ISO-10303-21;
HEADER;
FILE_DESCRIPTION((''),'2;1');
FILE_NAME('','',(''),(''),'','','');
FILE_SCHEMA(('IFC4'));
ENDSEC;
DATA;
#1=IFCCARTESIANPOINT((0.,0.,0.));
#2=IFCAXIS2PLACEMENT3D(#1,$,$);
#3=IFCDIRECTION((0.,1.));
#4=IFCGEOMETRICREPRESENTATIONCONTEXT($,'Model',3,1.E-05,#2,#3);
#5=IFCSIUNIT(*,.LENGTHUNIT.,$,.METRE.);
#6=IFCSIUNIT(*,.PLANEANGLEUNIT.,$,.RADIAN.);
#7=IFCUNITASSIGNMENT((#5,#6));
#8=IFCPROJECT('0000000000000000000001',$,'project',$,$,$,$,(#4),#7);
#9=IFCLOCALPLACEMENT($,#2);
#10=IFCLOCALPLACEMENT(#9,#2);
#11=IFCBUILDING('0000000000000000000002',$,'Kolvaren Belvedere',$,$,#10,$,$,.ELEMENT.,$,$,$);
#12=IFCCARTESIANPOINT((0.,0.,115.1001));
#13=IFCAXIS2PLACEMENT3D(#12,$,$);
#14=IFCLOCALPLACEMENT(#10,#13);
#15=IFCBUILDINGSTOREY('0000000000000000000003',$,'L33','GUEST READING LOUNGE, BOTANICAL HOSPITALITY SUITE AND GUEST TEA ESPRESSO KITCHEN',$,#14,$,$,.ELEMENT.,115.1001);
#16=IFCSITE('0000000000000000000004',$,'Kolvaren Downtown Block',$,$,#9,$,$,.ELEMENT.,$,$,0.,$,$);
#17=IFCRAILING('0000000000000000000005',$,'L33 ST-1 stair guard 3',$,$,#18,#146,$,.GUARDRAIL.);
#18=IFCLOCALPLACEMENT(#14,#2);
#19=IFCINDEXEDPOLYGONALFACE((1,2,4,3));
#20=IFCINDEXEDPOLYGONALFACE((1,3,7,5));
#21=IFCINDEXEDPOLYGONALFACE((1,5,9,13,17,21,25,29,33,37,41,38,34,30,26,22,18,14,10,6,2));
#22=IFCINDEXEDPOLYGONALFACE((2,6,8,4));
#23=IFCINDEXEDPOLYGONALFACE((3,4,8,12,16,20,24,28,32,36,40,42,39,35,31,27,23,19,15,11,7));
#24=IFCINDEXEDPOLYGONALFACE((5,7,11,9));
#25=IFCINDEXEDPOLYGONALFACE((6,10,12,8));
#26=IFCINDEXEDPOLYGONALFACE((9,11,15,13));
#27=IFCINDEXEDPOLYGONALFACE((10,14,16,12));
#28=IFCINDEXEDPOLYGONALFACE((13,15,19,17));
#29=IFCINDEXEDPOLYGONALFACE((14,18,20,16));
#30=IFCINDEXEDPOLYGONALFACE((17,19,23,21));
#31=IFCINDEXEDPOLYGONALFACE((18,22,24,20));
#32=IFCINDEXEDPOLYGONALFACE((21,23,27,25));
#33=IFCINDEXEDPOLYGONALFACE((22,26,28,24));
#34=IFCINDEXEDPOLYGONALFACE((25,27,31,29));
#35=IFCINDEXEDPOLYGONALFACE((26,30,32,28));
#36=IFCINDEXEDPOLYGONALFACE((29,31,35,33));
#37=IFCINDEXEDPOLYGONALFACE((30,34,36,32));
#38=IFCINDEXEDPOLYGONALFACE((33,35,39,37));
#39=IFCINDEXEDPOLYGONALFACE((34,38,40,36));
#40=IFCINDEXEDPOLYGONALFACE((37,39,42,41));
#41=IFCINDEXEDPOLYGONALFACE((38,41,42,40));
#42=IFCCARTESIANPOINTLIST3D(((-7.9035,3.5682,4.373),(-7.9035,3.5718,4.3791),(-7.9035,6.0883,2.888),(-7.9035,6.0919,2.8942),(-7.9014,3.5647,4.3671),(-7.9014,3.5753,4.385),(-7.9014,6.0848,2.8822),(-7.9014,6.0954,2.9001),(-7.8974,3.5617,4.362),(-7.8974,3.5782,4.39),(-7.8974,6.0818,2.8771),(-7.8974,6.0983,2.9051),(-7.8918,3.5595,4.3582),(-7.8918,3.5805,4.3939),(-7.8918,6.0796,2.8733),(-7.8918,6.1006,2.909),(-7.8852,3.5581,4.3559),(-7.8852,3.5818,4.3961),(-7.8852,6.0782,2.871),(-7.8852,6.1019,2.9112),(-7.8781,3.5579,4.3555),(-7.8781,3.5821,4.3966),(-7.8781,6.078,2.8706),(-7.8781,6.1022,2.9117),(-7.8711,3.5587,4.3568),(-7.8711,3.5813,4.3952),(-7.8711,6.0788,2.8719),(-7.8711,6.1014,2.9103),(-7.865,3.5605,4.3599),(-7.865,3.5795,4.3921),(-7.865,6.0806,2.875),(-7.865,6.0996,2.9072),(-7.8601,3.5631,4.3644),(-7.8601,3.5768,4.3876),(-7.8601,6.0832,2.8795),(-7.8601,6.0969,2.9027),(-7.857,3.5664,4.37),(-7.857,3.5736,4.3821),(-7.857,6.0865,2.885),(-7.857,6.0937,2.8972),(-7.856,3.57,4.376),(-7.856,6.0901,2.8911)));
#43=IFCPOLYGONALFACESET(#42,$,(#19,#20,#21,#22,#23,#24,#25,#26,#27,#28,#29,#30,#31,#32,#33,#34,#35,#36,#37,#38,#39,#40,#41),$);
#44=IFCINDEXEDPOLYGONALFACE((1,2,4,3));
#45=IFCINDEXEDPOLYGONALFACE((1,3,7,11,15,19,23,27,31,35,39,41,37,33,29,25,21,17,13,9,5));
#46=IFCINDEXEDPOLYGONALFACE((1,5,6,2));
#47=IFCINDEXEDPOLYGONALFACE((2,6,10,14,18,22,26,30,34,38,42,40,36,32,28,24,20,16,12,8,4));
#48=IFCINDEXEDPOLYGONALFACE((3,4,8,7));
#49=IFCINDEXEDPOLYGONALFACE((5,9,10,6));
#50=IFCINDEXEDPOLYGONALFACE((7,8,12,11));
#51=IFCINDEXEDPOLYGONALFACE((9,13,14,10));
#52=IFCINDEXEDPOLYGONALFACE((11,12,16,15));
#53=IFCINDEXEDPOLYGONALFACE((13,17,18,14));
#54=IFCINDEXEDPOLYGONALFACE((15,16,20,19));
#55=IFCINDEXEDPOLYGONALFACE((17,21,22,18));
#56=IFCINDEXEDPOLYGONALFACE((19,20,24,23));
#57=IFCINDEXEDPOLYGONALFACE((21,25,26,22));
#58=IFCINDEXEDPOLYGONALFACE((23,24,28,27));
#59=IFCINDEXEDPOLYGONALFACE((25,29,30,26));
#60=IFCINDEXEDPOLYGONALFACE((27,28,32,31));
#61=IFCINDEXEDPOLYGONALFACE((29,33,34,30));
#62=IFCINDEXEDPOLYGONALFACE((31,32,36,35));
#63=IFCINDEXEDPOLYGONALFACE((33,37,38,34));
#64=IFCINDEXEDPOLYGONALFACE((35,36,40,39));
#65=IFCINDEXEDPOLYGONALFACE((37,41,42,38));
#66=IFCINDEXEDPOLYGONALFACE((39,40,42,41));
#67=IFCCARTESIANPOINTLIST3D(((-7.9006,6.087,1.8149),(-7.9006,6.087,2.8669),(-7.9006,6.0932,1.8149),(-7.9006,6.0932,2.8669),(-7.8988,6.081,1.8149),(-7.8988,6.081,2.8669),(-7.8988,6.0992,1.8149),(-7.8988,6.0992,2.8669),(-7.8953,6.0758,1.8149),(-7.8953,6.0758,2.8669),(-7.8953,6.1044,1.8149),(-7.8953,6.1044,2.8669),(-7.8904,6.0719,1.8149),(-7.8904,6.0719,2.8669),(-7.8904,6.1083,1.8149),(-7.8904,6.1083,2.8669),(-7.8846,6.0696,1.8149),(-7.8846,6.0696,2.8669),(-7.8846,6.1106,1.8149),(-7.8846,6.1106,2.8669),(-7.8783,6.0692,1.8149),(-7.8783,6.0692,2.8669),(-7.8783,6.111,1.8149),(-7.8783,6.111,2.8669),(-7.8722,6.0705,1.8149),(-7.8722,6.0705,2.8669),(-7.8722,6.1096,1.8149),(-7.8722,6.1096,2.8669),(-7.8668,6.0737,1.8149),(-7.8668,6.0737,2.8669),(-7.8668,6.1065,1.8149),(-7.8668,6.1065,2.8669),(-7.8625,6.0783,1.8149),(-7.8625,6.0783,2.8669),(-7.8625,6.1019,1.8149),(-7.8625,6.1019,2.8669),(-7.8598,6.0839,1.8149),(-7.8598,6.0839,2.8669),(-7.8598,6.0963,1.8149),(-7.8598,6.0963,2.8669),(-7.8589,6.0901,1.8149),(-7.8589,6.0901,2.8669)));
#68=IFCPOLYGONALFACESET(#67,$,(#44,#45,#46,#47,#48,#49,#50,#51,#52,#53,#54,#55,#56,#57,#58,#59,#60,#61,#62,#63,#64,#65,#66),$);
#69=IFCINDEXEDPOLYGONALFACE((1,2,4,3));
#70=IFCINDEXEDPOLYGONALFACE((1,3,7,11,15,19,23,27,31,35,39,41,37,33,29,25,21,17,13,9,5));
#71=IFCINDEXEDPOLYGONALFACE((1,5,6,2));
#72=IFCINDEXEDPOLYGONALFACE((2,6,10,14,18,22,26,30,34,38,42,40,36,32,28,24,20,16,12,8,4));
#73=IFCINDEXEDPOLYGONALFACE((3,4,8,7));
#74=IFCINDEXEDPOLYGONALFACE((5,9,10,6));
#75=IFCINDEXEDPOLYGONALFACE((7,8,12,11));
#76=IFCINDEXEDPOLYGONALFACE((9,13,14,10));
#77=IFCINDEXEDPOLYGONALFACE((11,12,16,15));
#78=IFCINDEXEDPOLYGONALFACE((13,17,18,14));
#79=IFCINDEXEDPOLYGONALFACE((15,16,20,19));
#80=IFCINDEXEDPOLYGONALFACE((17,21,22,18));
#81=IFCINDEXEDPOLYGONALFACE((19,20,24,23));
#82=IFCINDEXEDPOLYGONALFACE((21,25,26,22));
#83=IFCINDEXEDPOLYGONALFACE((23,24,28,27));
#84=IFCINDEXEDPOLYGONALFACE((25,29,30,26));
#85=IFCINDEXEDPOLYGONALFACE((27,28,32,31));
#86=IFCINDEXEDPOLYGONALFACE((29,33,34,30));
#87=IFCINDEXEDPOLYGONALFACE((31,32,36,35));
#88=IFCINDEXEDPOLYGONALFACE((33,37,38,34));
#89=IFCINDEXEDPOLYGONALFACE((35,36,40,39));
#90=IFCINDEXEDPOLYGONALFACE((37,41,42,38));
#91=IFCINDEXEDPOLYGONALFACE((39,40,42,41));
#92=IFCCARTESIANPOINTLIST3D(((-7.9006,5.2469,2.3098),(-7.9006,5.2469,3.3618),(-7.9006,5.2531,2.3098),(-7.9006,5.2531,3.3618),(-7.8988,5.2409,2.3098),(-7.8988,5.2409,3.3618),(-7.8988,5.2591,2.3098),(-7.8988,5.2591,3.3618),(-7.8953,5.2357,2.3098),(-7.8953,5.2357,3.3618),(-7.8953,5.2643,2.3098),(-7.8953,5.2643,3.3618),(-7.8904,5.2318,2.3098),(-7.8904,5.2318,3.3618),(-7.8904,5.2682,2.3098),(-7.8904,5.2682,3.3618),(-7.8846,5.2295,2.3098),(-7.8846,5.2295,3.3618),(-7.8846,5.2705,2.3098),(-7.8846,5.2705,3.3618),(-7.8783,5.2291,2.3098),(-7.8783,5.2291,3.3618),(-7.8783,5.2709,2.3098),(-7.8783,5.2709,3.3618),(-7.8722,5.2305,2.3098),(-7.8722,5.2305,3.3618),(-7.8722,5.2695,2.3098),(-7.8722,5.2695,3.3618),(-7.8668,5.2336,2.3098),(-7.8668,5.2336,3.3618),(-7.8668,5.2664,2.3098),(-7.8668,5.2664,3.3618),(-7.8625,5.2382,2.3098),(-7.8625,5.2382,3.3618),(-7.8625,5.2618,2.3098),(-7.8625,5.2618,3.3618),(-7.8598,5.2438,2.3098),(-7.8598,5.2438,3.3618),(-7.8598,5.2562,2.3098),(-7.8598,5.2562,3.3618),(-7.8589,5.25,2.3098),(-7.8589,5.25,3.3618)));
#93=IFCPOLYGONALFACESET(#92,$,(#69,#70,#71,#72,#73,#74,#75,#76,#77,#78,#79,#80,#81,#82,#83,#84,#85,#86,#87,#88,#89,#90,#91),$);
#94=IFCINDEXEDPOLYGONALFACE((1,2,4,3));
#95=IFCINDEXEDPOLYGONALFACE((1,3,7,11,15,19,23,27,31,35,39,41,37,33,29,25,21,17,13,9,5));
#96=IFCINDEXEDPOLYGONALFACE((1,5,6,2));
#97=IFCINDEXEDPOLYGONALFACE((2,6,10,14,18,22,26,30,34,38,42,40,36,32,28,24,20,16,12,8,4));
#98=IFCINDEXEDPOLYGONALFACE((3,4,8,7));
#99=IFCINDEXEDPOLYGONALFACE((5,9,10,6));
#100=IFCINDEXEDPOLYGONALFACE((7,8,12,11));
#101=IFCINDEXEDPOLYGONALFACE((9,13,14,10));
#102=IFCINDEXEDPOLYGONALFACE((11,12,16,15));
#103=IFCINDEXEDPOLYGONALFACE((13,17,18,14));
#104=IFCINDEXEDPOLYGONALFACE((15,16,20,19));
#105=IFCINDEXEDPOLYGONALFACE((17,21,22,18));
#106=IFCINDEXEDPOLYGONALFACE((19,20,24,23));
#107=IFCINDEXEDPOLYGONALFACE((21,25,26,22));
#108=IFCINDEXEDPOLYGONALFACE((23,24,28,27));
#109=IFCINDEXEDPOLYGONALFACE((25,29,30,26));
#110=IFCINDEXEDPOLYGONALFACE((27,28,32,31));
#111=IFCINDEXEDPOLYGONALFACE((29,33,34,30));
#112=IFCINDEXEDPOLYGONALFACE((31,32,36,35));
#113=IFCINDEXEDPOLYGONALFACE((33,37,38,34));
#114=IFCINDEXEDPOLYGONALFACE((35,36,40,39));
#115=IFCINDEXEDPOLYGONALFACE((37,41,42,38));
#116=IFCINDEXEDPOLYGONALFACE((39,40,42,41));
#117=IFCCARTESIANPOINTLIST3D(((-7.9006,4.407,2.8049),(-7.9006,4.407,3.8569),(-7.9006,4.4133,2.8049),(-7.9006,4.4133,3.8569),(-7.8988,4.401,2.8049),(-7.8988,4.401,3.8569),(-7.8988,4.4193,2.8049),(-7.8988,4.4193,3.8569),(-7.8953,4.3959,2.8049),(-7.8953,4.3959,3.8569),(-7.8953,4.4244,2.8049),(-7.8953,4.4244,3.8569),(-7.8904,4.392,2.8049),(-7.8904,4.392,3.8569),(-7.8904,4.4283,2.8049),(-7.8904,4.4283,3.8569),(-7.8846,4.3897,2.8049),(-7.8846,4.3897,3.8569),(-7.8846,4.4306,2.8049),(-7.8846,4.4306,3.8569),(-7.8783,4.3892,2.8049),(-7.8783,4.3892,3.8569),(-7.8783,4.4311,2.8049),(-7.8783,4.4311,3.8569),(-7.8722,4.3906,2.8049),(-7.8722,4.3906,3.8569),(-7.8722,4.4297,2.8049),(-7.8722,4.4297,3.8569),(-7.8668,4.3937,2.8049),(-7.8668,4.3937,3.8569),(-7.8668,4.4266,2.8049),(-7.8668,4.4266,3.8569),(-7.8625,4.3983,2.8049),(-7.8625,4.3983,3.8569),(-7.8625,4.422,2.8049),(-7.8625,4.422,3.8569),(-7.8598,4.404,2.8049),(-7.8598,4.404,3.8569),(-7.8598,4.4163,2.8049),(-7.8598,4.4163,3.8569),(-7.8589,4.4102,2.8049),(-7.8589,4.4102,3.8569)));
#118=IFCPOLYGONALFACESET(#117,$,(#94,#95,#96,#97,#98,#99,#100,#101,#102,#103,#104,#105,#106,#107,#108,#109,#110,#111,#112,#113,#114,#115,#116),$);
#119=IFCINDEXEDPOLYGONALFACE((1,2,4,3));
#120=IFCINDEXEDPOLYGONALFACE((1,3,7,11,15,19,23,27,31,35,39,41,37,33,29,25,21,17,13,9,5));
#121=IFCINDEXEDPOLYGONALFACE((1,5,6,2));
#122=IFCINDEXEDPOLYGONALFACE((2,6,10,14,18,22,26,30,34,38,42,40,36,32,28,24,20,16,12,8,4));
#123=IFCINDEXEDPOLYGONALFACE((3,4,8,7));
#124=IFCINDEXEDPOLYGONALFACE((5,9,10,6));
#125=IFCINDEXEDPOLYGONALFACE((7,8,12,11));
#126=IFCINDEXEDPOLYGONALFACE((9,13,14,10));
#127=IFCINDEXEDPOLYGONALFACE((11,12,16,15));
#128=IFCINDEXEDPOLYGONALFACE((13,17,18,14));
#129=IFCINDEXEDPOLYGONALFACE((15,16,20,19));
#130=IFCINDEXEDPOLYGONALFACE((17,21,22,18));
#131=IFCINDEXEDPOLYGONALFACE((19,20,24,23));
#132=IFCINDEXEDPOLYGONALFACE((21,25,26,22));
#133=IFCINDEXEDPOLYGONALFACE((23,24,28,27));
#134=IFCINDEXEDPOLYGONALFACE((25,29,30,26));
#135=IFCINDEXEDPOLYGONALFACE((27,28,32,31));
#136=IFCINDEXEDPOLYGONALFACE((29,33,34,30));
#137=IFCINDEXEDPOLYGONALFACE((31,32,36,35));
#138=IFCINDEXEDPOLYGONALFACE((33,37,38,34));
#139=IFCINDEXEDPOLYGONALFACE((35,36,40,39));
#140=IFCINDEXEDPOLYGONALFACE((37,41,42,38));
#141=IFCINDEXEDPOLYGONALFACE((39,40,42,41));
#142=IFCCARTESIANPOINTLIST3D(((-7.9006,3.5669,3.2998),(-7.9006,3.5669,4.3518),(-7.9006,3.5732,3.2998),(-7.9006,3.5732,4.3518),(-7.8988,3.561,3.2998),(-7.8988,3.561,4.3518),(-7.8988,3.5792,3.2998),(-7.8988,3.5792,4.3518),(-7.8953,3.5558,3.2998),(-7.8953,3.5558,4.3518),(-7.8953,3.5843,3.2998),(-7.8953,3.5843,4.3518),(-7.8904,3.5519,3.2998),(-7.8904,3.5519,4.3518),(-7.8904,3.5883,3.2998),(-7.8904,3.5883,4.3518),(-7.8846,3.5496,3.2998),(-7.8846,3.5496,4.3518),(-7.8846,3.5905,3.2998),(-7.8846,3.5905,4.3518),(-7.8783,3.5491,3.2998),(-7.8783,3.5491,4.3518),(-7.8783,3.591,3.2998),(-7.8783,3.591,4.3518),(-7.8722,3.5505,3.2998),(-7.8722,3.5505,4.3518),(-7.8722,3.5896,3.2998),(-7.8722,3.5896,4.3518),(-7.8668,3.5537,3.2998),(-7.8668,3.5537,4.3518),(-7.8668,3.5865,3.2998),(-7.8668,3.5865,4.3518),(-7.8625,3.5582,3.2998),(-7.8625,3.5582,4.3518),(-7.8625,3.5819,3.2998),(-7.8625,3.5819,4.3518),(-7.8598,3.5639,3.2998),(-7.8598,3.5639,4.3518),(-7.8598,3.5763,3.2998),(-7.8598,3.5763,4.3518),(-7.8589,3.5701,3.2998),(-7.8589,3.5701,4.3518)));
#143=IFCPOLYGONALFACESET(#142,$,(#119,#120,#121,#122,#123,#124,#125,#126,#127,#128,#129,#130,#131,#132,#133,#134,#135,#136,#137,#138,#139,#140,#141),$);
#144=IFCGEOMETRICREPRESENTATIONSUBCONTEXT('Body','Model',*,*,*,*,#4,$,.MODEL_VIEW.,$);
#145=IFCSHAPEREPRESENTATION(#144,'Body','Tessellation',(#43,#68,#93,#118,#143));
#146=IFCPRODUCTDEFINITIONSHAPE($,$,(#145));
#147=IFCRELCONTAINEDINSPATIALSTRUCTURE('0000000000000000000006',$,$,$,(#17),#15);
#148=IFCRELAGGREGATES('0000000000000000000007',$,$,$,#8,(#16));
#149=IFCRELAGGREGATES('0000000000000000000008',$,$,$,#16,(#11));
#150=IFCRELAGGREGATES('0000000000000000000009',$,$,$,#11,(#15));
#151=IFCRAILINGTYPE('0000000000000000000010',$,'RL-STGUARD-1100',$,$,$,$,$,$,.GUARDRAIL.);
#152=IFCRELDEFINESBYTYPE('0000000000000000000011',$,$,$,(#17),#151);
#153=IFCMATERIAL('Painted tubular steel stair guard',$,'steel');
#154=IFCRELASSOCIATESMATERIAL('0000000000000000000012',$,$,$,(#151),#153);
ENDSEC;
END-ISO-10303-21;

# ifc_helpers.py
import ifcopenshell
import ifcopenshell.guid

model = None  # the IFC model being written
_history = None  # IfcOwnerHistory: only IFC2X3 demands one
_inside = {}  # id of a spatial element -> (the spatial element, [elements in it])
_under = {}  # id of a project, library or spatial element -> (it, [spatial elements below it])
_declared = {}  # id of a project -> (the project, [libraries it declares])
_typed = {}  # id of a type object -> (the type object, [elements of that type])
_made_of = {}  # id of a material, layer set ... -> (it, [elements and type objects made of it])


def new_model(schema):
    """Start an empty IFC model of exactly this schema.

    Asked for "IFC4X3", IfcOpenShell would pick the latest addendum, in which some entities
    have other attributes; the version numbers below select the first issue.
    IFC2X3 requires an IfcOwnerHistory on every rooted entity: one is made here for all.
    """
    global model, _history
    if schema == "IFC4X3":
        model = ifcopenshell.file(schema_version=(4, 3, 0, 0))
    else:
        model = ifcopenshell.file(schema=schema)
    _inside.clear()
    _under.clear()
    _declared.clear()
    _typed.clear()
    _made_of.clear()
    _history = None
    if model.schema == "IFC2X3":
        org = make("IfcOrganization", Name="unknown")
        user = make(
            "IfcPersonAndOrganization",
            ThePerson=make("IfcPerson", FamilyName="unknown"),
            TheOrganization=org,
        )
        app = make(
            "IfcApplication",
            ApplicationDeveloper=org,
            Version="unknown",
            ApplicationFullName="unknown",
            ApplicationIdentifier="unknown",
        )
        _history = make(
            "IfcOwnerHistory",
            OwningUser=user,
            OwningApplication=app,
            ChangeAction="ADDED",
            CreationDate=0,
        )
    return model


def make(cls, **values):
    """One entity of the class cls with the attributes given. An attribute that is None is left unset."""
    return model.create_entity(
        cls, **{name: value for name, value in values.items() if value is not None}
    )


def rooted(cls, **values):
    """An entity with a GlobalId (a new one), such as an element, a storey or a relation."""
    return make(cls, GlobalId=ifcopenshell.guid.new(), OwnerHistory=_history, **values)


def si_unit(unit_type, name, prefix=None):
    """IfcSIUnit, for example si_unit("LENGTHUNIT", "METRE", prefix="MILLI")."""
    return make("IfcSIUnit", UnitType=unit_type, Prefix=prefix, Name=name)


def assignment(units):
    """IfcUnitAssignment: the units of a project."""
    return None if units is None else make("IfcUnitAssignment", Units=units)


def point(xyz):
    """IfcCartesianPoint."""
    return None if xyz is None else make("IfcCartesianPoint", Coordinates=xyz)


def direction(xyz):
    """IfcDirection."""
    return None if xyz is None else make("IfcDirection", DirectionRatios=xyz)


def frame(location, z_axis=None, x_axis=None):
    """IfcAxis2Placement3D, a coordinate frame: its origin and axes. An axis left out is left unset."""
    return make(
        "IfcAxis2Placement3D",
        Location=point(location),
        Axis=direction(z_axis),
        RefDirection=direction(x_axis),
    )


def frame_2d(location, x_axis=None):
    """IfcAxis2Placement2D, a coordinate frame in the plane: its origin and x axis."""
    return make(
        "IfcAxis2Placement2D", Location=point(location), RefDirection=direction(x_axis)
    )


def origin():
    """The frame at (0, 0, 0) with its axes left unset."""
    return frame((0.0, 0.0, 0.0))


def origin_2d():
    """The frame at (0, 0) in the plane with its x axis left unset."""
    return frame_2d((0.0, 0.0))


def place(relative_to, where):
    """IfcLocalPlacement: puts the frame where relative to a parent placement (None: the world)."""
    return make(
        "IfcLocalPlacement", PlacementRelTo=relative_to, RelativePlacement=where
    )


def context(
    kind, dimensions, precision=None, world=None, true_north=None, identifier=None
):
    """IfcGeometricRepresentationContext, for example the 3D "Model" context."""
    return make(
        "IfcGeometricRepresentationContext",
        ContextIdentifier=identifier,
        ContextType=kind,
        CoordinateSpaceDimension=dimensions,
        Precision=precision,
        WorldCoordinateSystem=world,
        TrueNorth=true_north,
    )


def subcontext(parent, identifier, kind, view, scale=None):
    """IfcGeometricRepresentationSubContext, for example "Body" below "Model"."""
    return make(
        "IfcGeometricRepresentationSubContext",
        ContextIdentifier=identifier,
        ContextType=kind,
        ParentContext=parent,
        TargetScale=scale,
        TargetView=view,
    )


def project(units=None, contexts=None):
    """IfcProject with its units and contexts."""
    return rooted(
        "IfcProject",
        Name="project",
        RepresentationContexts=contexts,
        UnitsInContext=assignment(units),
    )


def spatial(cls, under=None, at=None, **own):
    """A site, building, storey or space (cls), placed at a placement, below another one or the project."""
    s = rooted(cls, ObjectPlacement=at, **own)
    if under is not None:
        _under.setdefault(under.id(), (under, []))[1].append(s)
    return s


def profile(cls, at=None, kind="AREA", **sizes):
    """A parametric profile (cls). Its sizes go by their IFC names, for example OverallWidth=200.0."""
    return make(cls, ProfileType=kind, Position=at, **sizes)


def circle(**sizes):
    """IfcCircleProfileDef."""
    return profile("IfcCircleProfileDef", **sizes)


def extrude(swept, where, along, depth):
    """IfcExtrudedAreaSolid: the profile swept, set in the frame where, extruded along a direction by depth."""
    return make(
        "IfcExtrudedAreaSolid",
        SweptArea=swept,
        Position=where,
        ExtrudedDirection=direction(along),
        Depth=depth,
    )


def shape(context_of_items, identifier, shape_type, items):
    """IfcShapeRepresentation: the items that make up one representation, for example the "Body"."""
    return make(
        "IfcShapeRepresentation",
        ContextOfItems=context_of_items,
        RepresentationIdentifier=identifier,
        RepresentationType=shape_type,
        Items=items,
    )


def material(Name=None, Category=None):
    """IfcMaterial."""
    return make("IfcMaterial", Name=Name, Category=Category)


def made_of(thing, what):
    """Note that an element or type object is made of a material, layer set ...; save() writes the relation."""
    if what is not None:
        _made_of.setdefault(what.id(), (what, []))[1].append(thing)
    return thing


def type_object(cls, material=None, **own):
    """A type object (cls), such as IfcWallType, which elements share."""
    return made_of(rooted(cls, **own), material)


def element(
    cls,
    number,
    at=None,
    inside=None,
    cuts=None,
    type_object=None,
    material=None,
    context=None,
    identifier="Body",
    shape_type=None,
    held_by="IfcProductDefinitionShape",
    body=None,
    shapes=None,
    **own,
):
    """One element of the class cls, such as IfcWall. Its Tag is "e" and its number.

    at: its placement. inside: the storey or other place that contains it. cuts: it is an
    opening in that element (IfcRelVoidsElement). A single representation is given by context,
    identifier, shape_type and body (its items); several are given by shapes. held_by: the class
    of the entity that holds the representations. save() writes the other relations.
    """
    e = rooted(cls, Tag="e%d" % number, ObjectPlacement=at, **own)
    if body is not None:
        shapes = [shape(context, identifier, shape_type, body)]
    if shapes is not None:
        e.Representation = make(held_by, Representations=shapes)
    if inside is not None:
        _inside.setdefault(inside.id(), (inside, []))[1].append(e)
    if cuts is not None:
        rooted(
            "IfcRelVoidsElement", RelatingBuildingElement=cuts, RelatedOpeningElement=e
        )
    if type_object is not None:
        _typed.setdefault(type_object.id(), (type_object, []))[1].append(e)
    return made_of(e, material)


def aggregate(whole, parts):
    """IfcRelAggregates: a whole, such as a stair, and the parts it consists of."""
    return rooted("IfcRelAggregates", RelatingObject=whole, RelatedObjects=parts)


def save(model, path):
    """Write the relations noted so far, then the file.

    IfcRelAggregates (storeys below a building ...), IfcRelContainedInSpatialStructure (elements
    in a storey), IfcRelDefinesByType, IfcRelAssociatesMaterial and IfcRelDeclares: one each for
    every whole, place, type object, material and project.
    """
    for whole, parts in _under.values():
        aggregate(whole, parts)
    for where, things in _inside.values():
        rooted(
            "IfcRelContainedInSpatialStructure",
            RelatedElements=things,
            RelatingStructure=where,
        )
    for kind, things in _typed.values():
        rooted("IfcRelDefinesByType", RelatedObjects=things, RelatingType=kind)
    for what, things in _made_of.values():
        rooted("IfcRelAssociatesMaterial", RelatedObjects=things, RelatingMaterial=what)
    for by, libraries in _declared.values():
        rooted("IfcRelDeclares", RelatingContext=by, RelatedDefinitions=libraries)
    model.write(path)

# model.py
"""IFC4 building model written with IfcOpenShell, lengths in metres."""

from ifc_helpers import new_model, si_unit, direction, frame, origin, origin_2d, place, context, subcontext, project, spatial, circle, extrude, material, type_object, element, save


model = new_model("IFC4")

# Units and contexts
model_context = context("Model", 3, precision=1e-05, world=origin(), true_north=direction((0.0, 1.0)))
body_context = subcontext(model_context, "Body", "Model", "MODEL_VIEW")
ifc_project = project(units=[si_unit("LENGTHUNIT", "METRE"), si_unit("PLANEANGLEUNIT", "RADIAN")], contexts=[model_context])

# Site, building, storey
site_placement = place(None, origin())
site = spatial("IfcSite", under=ifc_project, at=site_placement, Name="Kolvaren Downtown Block", CompositionType="ELEMENT", RefElevation=0.0)
building_placement = place(site_placement, origin())
building = spatial("IfcBuilding", under=site, at=building_placement, Name="Kolvaren Belvedere", CompositionType="ELEMENT")
storey_placement = place(building_placement, frame((0.0, 0.0, 115.1001)))
storey = spatial("IfcBuildingStorey", under=building, at=storey_placement, Name="L33", Description="GUEST READING LOUNGE, BOTANICAL HOSPITALITY SUITE AND GUEST TEA ESPRESSO KITCHEN", CompositionType="ELEMENT", Elevation=115.1001)

# Railing
ifc_material_1 = material(Name="Painted tubular steel stair guard", Category="steel")
railing_type_1 = type_object("IfcRailingType", Name="RL-STGUARD-1100", PredefinedType="GUARDRAIL", material=ifc_material_1)
railing_1_placement = place(storey_placement, frame((-7.8799, 6.0901, 1.8149)))
element("IfcRailing", 1, at=railing_1_placement, inside=storey, type_object=railing_type_1, Name="L33 ST-1 stair guard 3", PredefinedType="GUARDRAIL", context=body_context, shape_type="SweptSolid", body=[
    extrude(circle(Radius=0.0239, at=origin_2d()), frame((0.0, 0.0, 1.0762), z_axis=(0.0, -0.861561, 0.507655), x_axis=(1.0, 0.0, 0.0)), (0.0, 0.0, 1.0), 2.925),
    extrude(circle(Radius=0.021, at=origin_2d()), origin(), (0.0, 0.0, 1.0), 1.052),
    extrude(circle(Radius=0.021, at=origin_2d()), frame((0.0, -0.8401, 0.4949)), (0.0, 0.0, 1.0), 1.052),
    extrude(circle(Radius=0.021, at=origin_2d()), frame((0.0, -1.6799, 0.99)), (0.0, 0.0, 1.0), 1.052),
    extrude(circle(Radius=0.021, at=origin_2d()), frame((0.0, -2.52, 1.4849)), (0.0, 0.0, 1.0), 1.052),
])

save(model, "model.ifc")
